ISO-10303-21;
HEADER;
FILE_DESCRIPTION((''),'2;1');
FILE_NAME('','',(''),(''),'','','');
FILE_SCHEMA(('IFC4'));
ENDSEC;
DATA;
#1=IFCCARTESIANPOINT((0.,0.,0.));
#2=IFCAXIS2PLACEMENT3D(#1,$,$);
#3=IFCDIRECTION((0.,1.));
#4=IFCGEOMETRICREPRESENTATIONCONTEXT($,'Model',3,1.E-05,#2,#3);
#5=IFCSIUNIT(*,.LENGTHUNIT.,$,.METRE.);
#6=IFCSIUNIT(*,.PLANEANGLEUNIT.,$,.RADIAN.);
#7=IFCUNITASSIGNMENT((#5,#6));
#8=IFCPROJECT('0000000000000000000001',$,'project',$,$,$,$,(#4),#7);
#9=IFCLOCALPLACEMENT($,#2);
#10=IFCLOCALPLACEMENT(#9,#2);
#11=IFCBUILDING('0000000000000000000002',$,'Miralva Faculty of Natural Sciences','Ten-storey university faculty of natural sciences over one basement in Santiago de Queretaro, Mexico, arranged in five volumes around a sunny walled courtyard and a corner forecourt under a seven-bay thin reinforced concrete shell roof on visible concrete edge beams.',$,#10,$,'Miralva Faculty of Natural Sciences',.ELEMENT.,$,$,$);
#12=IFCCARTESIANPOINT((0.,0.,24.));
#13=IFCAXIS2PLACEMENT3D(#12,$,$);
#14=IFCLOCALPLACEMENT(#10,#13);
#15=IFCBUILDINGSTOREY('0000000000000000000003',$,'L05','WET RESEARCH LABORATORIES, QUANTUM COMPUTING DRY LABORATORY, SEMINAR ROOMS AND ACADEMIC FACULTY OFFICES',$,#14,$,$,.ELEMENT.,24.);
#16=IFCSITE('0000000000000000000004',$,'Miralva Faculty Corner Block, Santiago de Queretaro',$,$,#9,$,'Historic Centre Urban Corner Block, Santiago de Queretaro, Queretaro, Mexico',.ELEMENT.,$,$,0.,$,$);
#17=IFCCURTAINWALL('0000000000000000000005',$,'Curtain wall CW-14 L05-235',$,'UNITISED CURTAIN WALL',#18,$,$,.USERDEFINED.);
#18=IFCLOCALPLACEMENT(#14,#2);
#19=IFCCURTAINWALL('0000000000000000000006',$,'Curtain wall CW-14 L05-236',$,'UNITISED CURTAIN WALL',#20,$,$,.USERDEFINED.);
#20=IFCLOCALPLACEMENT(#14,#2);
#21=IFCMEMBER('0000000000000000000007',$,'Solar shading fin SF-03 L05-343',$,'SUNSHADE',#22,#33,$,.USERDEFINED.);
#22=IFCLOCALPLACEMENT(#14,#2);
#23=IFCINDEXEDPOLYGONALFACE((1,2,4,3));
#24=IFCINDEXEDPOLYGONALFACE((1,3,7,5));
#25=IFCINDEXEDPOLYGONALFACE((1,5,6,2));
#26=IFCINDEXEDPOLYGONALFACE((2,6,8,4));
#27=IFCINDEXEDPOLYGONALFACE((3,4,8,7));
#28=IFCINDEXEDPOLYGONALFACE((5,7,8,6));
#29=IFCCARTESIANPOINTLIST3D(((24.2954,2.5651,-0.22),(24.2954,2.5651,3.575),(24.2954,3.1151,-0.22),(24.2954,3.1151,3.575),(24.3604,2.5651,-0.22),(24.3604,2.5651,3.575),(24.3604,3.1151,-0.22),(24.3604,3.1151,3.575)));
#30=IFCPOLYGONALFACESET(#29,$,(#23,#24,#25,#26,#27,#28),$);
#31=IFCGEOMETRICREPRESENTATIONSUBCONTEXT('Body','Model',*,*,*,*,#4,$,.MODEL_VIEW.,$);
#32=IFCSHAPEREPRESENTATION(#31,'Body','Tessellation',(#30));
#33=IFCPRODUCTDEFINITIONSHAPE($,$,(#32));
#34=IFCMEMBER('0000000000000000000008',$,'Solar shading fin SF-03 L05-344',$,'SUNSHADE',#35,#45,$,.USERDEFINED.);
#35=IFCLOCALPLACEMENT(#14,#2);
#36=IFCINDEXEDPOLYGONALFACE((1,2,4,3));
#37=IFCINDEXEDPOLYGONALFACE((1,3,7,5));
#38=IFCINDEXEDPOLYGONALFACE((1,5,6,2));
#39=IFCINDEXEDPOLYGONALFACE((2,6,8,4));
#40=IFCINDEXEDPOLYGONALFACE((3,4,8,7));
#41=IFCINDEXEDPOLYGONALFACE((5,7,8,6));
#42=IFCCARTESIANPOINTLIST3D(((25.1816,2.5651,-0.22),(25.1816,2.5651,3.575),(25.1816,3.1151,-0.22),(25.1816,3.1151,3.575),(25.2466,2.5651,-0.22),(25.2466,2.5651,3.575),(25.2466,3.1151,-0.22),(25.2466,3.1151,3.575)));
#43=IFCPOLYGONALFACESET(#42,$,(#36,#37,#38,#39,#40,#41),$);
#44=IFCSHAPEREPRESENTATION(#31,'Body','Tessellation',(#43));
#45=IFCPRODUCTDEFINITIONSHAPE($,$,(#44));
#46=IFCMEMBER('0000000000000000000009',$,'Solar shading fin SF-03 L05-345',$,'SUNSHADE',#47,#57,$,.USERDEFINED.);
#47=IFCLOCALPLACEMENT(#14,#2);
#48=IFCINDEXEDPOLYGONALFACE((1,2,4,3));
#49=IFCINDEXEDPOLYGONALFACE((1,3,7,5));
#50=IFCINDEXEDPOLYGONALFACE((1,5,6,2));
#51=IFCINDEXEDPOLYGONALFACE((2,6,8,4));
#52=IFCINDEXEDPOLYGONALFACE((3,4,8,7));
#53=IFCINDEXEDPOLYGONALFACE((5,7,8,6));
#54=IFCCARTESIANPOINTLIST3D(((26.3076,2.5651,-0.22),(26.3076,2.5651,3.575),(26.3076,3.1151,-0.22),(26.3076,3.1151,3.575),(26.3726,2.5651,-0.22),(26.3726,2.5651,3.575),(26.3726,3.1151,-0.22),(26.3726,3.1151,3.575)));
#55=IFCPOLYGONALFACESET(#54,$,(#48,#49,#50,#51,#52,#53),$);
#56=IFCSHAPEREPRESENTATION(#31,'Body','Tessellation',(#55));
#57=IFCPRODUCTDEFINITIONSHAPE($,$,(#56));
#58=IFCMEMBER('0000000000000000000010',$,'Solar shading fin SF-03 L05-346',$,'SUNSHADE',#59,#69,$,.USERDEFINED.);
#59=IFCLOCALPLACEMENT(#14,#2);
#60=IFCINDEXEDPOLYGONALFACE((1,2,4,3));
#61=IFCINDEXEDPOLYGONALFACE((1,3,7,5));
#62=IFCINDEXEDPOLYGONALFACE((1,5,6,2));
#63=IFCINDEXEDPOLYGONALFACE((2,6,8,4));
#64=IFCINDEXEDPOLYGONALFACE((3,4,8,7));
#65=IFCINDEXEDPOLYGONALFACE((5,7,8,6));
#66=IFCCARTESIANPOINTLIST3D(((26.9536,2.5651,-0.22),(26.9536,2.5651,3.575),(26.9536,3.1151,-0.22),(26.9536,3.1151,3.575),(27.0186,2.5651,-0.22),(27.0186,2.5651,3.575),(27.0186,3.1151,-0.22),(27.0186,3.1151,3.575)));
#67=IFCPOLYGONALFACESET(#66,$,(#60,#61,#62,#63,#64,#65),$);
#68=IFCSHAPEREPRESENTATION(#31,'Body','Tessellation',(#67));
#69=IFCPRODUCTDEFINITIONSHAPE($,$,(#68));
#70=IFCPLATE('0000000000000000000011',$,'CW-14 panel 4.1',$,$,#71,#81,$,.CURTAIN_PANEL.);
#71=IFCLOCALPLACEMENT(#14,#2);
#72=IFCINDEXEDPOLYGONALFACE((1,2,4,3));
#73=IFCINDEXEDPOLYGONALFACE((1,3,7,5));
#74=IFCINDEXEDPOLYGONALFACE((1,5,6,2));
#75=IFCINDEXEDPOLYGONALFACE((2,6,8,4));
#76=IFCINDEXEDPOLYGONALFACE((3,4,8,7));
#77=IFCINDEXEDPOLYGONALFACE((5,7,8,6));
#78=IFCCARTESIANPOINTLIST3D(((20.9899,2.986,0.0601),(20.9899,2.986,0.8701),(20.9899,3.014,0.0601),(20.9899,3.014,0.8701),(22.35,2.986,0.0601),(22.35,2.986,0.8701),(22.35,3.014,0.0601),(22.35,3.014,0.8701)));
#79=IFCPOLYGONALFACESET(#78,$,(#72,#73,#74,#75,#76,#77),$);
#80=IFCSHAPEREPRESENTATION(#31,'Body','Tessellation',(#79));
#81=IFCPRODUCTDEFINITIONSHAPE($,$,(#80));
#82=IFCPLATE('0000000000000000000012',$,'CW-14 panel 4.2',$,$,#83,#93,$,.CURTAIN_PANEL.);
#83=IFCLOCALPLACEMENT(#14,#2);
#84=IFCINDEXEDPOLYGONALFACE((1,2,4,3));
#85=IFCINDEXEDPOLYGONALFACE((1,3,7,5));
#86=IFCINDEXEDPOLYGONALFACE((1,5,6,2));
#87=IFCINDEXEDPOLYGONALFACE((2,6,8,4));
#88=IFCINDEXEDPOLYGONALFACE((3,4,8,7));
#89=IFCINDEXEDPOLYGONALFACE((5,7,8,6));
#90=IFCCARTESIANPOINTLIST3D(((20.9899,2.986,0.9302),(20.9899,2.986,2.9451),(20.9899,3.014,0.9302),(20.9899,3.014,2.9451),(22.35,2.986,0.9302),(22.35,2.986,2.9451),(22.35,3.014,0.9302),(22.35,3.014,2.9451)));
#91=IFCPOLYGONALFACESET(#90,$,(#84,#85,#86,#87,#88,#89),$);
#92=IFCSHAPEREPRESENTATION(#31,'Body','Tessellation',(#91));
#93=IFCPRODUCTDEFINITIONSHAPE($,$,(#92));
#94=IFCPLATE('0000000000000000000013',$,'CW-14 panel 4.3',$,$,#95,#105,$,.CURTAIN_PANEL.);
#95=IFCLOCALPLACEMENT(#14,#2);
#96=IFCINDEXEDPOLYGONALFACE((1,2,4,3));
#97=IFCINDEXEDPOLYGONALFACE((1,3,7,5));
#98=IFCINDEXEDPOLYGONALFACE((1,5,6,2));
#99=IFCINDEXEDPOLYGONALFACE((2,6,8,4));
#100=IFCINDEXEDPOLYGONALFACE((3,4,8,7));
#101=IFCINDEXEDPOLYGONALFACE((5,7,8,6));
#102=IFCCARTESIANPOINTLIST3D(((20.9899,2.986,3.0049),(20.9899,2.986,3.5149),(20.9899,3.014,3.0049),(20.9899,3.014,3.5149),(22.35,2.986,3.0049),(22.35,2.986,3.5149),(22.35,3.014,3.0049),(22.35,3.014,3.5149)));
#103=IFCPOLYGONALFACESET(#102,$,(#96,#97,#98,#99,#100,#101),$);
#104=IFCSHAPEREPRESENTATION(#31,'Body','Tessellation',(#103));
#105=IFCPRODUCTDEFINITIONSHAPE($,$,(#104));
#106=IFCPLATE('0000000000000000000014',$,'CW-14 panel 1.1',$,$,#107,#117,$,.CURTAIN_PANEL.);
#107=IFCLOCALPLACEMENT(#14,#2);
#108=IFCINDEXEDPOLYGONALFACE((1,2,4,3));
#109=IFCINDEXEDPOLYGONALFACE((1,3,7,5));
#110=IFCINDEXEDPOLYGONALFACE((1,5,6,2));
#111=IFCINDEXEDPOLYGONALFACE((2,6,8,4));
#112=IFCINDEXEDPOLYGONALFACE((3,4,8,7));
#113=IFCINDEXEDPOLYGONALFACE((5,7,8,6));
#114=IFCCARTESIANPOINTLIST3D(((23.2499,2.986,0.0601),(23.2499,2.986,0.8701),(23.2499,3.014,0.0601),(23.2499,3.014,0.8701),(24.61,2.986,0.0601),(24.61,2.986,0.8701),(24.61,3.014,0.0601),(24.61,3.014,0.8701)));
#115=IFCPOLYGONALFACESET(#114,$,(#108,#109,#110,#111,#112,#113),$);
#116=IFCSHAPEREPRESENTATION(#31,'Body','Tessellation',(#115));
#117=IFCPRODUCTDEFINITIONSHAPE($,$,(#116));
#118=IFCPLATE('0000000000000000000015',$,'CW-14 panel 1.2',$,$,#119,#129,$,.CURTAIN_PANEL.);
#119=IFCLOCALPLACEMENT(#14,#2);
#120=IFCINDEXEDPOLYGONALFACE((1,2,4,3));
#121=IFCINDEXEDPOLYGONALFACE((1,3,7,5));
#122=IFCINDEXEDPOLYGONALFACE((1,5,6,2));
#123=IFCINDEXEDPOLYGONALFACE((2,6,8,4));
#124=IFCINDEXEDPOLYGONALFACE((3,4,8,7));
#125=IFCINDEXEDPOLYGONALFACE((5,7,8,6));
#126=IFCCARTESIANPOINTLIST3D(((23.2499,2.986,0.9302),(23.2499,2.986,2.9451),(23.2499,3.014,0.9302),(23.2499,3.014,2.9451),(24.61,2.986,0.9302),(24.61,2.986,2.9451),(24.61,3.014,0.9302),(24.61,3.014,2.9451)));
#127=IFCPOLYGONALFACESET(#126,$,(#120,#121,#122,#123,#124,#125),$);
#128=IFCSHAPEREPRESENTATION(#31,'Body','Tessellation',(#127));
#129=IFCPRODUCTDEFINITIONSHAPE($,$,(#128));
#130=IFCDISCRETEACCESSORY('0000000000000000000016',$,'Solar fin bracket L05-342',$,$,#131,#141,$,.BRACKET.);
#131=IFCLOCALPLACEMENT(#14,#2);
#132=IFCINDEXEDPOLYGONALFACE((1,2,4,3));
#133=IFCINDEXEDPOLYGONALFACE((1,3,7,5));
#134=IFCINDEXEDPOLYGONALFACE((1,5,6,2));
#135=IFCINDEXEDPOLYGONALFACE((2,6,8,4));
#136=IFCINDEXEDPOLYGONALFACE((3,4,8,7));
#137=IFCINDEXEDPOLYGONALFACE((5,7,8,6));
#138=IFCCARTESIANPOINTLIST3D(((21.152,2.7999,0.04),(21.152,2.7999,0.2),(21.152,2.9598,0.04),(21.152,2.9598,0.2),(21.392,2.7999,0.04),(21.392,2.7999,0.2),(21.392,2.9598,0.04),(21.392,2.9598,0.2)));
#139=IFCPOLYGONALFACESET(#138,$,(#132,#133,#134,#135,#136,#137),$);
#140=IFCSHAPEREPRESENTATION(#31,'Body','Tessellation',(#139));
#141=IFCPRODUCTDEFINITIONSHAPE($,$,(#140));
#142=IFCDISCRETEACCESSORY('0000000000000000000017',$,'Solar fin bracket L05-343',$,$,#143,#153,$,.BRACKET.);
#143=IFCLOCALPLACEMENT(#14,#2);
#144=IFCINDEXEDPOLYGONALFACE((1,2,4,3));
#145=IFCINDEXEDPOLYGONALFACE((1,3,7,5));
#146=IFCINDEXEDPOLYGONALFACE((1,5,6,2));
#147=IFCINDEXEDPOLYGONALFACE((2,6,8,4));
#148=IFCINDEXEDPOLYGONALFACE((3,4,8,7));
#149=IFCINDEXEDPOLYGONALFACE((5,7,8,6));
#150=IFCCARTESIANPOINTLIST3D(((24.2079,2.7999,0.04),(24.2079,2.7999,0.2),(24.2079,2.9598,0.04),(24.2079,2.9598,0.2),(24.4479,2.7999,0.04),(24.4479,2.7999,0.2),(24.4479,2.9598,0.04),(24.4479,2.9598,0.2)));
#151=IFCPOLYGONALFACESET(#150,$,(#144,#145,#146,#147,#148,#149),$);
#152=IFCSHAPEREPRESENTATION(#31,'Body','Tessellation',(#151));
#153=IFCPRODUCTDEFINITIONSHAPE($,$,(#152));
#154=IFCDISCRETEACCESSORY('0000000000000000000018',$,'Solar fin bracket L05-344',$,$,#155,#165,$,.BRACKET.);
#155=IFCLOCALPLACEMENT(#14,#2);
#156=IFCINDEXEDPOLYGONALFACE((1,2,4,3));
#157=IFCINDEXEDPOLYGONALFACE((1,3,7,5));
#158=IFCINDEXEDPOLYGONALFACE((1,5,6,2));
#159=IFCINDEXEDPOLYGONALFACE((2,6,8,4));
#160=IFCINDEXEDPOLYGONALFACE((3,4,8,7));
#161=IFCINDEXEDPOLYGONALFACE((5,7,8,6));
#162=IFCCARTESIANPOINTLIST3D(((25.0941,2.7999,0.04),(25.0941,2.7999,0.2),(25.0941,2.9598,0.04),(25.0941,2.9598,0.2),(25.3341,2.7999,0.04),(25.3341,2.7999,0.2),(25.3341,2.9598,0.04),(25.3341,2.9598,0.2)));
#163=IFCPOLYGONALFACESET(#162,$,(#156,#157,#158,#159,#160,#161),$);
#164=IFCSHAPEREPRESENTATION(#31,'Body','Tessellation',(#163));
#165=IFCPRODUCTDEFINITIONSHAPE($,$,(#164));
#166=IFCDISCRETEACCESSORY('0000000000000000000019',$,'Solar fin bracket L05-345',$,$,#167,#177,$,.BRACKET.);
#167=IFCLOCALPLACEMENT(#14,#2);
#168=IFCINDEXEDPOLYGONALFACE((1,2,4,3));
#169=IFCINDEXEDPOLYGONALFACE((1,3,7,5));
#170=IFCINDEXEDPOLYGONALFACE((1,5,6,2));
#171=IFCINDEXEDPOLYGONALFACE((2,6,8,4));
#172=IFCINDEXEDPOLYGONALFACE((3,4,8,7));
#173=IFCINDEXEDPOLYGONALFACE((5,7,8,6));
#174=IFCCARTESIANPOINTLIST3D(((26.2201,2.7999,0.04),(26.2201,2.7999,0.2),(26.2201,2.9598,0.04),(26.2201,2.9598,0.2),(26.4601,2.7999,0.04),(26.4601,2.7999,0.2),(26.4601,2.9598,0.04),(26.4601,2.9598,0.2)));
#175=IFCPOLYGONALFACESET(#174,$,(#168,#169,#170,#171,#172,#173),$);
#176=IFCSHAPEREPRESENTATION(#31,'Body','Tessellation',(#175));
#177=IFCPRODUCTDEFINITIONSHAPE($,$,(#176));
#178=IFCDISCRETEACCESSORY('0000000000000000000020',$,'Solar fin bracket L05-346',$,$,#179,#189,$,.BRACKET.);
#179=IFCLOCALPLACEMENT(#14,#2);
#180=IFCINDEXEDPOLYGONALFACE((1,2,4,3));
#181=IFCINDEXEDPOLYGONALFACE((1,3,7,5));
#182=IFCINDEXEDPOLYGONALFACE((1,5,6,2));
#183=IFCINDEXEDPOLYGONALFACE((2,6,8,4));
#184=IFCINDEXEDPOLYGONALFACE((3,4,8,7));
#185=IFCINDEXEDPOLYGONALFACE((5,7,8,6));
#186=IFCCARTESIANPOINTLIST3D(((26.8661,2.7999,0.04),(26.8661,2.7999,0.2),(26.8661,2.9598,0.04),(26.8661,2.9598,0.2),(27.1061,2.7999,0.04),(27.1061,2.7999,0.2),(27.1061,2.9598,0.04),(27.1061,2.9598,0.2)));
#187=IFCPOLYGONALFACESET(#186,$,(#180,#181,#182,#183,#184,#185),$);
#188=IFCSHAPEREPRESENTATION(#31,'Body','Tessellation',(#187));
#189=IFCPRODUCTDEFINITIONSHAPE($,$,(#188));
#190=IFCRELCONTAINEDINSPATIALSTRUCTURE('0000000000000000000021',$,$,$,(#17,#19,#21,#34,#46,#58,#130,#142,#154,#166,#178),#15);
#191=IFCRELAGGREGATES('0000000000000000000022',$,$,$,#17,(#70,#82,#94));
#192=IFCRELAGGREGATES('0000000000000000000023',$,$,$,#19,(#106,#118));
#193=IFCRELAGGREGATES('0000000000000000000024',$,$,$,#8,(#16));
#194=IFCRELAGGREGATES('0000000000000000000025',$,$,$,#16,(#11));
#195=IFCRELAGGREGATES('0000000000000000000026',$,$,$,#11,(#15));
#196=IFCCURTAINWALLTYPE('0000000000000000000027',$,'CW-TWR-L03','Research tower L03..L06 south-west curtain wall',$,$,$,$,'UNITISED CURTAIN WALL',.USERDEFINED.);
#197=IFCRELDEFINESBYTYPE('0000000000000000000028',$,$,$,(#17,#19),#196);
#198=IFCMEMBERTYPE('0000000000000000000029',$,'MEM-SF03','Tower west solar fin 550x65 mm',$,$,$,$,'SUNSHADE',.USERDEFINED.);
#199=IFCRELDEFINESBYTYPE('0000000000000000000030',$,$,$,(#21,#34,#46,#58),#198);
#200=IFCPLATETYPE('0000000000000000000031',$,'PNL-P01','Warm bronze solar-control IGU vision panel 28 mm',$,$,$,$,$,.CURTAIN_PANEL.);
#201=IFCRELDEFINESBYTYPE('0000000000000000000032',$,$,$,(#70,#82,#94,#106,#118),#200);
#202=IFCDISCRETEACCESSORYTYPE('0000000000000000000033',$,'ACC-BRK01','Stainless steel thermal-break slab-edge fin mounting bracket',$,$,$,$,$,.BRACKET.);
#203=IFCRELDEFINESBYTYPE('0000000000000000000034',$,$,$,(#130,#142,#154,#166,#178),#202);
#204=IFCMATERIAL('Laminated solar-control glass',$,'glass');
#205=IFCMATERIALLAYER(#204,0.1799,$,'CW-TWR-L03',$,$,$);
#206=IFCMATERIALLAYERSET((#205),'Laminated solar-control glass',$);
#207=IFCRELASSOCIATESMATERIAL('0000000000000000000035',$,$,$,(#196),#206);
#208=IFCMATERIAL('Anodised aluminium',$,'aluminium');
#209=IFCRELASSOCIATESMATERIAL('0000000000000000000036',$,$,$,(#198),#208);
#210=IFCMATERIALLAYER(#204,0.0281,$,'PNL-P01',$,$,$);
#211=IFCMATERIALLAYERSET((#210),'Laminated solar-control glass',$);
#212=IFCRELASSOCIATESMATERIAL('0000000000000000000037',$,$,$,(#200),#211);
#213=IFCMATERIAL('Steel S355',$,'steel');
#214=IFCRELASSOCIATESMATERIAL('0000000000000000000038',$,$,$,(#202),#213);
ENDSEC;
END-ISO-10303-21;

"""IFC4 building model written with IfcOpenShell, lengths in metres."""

from ifc_helpers import new_model, si_unit, direction, frame, origin, origin_2d, place, context, subcontext, project, spatial, rectangle, extrude, material, layer, layer_set, material_profile, profile_set, type_object, element, aggregate, save


model = new_model("IFC4")

# Units and contexts
model_context = context("Model", 3, precision=1e-05, world=origin(), true_north=direction((0.0, 1.0)))
body_context = subcontext(model_context, "Body", "Model", "MODEL_VIEW")
ifc_project = project(units=[si_unit("LENGTHUNIT", "METRE"), si_unit("PLANEANGLEUNIT", "RADIAN")], contexts=[model_context])

# Site, building, storey
site_placement = place(None, origin())
site = spatial("IfcSite", under=ifc_project, at=site_placement, Name="Miralva Faculty Corner Block, Santiago de Queretaro", LongName="Historic Centre Urban Corner Block, Santiago de Queretaro, Queretaro, Mexico", CompositionType="ELEMENT", RefElevation=0.0)
building_placement = place(site_placement, origin())
building = spatial("IfcBuilding", under=site, at=building_placement, Name="Miralva Faculty of Natural Sciences", Description="Ten-storey university faculty of natural sciences over one basement in Santiago de Queretaro, Mexico, arranged in five volumes around a sunny walled courtyard and a corner forecourt under a seven-bay thin reinforced concrete shell roof on visible concrete edge beams.", LongName="Miralva Faculty of Natural Sciences", CompositionType="ELEMENT")
storey_placement = place(building_placement, frame((0.0, 0.0, 24.0)))
storey = spatial("IfcBuildingStorey", under=building, at=storey_placement, Name="L05", Description="WET RESEARCH LABORATORIES, QUANTUM COMPUTING DRY LABORATORY, SEMINAR ROOMS AND ACADEMIC FACULTY OFFICES", CompositionType="ELEMENT", Elevation=24.0)

# Curtain wall
ifc_material_1 = material(Name="Laminated solar-control glass", Category="glass")
ifc_layer_1 = layer(ifc_material_1, 0.1799, Name="CW-TWR-L03")
ifc_layer_set_1 = layer_set([ifc_layer_1], Name="Laminated solar-control glass")
curtain_wall_type = type_object("IfcCurtainWallType", Name="CW-TWR-L03", Description="Research tower L03..L06 south-west curtain wall", ElementType="UNITISED CURTAIN WALL", PredefinedType="USERDEFINED", material=ifc_layer_set_1)
curtain_wall_1_placement = place(storey_placement, origin())
curtain_wall_1 = element("IfcCurtainWall", 1, at=curtain_wall_1_placement, inside=storey, type_object=curtain_wall_type, Name="Curtain wall CW-14 L05-235", ObjectType="UNITISED CURTAIN WALL", PredefinedType="USERDEFINED")
ifc_material_2 = material(Name="Anodised aluminium", Category="aluminium")

# Curtain wall
curtain_wall_2_placement = place(storey_placement, origin())
curtain_wall_2 = element("IfcCurtainWall", 2, at=curtain_wall_2_placement, inside=storey, type_object=curtain_wall_type, Name="Curtain wall CW-14 L05-236", ObjectType="UNITISED CURTAIN WALL", PredefinedType="USERDEFINED")

# Members
ifc_material_profile_1 = material_profile(ifc_material_2, rectangle(XDim=0.0649, YDim=0.55, at=origin_2d()), Name="FIN 550x65")
ifc_profile_set_1 = profile_set([ifc_material_profile_1], Name="Anodised aluminium")
member_type_1 = type_object("IfcMemberType", Name="MEM-SF03", Description="Tower west solar fin 550x65 mm", ElementType="SUNSHADE", PredefinedType="USERDEFINED", material=ifc_profile_set_1)
for number, where, z_axis, x_axis, name in (
    (3, (24.3279, 2.8401, -0.22), (0.0, 0.0, 1.0), (1.0, 0.0, 0.0), "Solar shading fin SF-03 L05-343"),
    (4, (25.2141, 2.8401, -0.22), (0.0, 0.0, 1.0), (1.0, 0.0, 0.0), "Solar shading fin SF-03 L05-344"),
    (5, (26.3401, 2.8401, -0.22), (0.0, 0.0, 1.0), (1.0, 0.0, 0.0), "Solar shading fin SF-03 L05-345"),
    (6, (26.9861, 2.8401, -0.22), (0.0, 0.0, 1.0), (1.0, 0.0, 0.0), "Solar shading fin SF-03 L05-346"),
):
    element("IfcMember", number, at=place(storey_placement, frame(where, z_axis=z_axis, x_axis=x_axis)), inside=storey, type_object=member_type_1, Name=name, ObjectType="SUNSHADE", PredefinedType="USERDEFINED", context=body_context, shape_type="SweptSolid", body=[
        extrude(rectangle(XDim=0.0649, YDim=0.55, at=origin_2d()), origin(), (0.0, 0.0, 1.0), 3.7949),
    ])

# Plates
ifc_layer_2 = layer(ifc_material_1, 0.0281, Name="PNL-P01")
ifc_layer_set_2 = layer_set([ifc_layer_2], Name="Laminated solar-control glass")
plate_type = type_object("IfcPlateType", Name="PNL-P01", Description="Warm bronze solar-control IGU vision panel 28 mm", PredefinedType="CURTAIN_PANEL", material=ifc_layer_set_2)
plate_1_placement = place(storey_placement, frame((21.6699, 3.0, 0.0601), z_axis=(0.0, 0.0, 1.0), x_axis=(1.0, 0.0, 0.0)))
plate_1 = element("IfcPlate", 7, at=plate_1_placement, type_object=plate_type, Name="CW-14 panel 4.1", PredefinedType="CURTAIN_PANEL", context=body_context, shape_type="SweptSolid", body=[
    extrude(rectangle(XDim=1.3601, YDim=0.0281, at=origin_2d()), origin(), (0.0, 0.0, 1.0), 0.8101),
])
plate_2_placement = place(storey_placement, frame((21.6699, 3.0, 0.9302), z_axis=(0.0, 0.0, 1.0), x_axis=(1.0, 0.0, 0.0)))
plate_2 = element("IfcPlate", 8, at=plate_2_placement, type_object=plate_type, Name="CW-14 panel 4.2", PredefinedType="CURTAIN_PANEL", context=body_context, shape_type="SweptSolid", body=[
    extrude(rectangle(XDim=1.3601, YDim=0.0281, at=origin_2d()), origin(), (0.0, 0.0, 1.0), 2.0149),
])
plate_3_placement = place(storey_placement, frame((21.6699, 3.0, 3.0049), z_axis=(0.0, 0.0, 1.0), x_axis=(1.0, 0.0, 0.0)))
plate_3 = element("IfcPlate", 9, at=plate_3_placement, type_object=plate_type, Name="CW-14 panel 4.3", PredefinedType="CURTAIN_PANEL", context=body_context, shape_type="SweptSolid", body=[
    extrude(rectangle(XDim=1.3601, YDim=0.0281, at=origin_2d()), origin(), (0.0, 0.0, 1.0), 0.51),
])
aggregate(curtain_wall_1, [plate_1, plate_2, plate_3])
plate_4_placement = place(storey_placement, frame((23.9299, 3.0, 0.0601), z_axis=(0.0, 0.0, 1.0), x_axis=(1.0, 0.0, 0.0)))
plate_4 = element("IfcPlate", 10, at=plate_4_placement, type_object=plate_type, Name="CW-14 panel 1.1", PredefinedType="CURTAIN_PANEL", context=body_context, shape_type="SweptSolid", body=[
    extrude(rectangle(XDim=1.3601, YDim=0.0281, at=origin_2d()), origin(), (0.0, 0.0, 1.0), 0.8101),
])
plate_5_placement = place(storey_placement, frame((23.9299, 3.0, 0.9302), z_axis=(0.0, 0.0, 1.0), x_axis=(1.0, 0.0, 0.0)))
plate_5 = element("IfcPlate", 11, at=plate_5_placement, type_object=plate_type, Name="CW-14 panel 1.2", PredefinedType="CURTAIN_PANEL", context=body_context, shape_type="SweptSolid", body=[
    extrude(rectangle(XDim=1.3601, YDim=0.0281, at=origin_2d()), origin(), (0.0, 0.0, 1.0), 2.0149),
])
aggregate(curtain_wall_2, [plate_4, plate_5])

# Discrete accessories
ifc_material_3 = material(Name="Steel S355", Category="steel")
discrete_accessory_type = type_object("IfcDiscreteAccessoryType", Name="ACC-BRK01", Description="Stainless steel thermal-break slab-edge fin mounting bracket", PredefinedType="BRACKET", material=ifc_material_3)
for number, where, z_axis, x_axis, name in (
    (12, (21.272, 2.8799, 0.04), (0.0, 0.0, 1.0), (0.0, -1.0, 0.0), "Solar fin bracket L05-342"),
    (13, (24.3279, 2.8799, 0.04), (0.0, 0.0, 1.0), (0.0, -1.0, 0.0), "Solar fin bracket L05-343"),
    (14, (25.2141, 2.8799, 0.04), (0.0, 0.0, 1.0), (0.0, -1.0, 0.0), "Solar fin bracket L05-344"),
    (15, (26.3401, 2.8799, 0.04), (0.0, 0.0, 1.0), (0.0, -1.0, 0.0), "Solar fin bracket L05-345"),
    (16, (26.9861, 2.8799, 0.04), (0.0, 0.0, 1.0), (0.0, -1.0, 0.0), "Solar fin bracket L05-346"),
):
    element("IfcDiscreteAccessory", number, at=place(storey_placement, frame(where, z_axis=z_axis, x_axis=x_axis)), inside=storey, type_object=discrete_accessory_type, Name=name, PredefinedType="BRACKET", context=body_context, shape_type="SweptSolid", body=[
        extrude(rectangle(XDim=0.1599, YDim=0.24, at=origin_2d()), origin(), (0.0, 0.0, 1.0), 0.1599),
    ])

save(model, "model.ifc")
